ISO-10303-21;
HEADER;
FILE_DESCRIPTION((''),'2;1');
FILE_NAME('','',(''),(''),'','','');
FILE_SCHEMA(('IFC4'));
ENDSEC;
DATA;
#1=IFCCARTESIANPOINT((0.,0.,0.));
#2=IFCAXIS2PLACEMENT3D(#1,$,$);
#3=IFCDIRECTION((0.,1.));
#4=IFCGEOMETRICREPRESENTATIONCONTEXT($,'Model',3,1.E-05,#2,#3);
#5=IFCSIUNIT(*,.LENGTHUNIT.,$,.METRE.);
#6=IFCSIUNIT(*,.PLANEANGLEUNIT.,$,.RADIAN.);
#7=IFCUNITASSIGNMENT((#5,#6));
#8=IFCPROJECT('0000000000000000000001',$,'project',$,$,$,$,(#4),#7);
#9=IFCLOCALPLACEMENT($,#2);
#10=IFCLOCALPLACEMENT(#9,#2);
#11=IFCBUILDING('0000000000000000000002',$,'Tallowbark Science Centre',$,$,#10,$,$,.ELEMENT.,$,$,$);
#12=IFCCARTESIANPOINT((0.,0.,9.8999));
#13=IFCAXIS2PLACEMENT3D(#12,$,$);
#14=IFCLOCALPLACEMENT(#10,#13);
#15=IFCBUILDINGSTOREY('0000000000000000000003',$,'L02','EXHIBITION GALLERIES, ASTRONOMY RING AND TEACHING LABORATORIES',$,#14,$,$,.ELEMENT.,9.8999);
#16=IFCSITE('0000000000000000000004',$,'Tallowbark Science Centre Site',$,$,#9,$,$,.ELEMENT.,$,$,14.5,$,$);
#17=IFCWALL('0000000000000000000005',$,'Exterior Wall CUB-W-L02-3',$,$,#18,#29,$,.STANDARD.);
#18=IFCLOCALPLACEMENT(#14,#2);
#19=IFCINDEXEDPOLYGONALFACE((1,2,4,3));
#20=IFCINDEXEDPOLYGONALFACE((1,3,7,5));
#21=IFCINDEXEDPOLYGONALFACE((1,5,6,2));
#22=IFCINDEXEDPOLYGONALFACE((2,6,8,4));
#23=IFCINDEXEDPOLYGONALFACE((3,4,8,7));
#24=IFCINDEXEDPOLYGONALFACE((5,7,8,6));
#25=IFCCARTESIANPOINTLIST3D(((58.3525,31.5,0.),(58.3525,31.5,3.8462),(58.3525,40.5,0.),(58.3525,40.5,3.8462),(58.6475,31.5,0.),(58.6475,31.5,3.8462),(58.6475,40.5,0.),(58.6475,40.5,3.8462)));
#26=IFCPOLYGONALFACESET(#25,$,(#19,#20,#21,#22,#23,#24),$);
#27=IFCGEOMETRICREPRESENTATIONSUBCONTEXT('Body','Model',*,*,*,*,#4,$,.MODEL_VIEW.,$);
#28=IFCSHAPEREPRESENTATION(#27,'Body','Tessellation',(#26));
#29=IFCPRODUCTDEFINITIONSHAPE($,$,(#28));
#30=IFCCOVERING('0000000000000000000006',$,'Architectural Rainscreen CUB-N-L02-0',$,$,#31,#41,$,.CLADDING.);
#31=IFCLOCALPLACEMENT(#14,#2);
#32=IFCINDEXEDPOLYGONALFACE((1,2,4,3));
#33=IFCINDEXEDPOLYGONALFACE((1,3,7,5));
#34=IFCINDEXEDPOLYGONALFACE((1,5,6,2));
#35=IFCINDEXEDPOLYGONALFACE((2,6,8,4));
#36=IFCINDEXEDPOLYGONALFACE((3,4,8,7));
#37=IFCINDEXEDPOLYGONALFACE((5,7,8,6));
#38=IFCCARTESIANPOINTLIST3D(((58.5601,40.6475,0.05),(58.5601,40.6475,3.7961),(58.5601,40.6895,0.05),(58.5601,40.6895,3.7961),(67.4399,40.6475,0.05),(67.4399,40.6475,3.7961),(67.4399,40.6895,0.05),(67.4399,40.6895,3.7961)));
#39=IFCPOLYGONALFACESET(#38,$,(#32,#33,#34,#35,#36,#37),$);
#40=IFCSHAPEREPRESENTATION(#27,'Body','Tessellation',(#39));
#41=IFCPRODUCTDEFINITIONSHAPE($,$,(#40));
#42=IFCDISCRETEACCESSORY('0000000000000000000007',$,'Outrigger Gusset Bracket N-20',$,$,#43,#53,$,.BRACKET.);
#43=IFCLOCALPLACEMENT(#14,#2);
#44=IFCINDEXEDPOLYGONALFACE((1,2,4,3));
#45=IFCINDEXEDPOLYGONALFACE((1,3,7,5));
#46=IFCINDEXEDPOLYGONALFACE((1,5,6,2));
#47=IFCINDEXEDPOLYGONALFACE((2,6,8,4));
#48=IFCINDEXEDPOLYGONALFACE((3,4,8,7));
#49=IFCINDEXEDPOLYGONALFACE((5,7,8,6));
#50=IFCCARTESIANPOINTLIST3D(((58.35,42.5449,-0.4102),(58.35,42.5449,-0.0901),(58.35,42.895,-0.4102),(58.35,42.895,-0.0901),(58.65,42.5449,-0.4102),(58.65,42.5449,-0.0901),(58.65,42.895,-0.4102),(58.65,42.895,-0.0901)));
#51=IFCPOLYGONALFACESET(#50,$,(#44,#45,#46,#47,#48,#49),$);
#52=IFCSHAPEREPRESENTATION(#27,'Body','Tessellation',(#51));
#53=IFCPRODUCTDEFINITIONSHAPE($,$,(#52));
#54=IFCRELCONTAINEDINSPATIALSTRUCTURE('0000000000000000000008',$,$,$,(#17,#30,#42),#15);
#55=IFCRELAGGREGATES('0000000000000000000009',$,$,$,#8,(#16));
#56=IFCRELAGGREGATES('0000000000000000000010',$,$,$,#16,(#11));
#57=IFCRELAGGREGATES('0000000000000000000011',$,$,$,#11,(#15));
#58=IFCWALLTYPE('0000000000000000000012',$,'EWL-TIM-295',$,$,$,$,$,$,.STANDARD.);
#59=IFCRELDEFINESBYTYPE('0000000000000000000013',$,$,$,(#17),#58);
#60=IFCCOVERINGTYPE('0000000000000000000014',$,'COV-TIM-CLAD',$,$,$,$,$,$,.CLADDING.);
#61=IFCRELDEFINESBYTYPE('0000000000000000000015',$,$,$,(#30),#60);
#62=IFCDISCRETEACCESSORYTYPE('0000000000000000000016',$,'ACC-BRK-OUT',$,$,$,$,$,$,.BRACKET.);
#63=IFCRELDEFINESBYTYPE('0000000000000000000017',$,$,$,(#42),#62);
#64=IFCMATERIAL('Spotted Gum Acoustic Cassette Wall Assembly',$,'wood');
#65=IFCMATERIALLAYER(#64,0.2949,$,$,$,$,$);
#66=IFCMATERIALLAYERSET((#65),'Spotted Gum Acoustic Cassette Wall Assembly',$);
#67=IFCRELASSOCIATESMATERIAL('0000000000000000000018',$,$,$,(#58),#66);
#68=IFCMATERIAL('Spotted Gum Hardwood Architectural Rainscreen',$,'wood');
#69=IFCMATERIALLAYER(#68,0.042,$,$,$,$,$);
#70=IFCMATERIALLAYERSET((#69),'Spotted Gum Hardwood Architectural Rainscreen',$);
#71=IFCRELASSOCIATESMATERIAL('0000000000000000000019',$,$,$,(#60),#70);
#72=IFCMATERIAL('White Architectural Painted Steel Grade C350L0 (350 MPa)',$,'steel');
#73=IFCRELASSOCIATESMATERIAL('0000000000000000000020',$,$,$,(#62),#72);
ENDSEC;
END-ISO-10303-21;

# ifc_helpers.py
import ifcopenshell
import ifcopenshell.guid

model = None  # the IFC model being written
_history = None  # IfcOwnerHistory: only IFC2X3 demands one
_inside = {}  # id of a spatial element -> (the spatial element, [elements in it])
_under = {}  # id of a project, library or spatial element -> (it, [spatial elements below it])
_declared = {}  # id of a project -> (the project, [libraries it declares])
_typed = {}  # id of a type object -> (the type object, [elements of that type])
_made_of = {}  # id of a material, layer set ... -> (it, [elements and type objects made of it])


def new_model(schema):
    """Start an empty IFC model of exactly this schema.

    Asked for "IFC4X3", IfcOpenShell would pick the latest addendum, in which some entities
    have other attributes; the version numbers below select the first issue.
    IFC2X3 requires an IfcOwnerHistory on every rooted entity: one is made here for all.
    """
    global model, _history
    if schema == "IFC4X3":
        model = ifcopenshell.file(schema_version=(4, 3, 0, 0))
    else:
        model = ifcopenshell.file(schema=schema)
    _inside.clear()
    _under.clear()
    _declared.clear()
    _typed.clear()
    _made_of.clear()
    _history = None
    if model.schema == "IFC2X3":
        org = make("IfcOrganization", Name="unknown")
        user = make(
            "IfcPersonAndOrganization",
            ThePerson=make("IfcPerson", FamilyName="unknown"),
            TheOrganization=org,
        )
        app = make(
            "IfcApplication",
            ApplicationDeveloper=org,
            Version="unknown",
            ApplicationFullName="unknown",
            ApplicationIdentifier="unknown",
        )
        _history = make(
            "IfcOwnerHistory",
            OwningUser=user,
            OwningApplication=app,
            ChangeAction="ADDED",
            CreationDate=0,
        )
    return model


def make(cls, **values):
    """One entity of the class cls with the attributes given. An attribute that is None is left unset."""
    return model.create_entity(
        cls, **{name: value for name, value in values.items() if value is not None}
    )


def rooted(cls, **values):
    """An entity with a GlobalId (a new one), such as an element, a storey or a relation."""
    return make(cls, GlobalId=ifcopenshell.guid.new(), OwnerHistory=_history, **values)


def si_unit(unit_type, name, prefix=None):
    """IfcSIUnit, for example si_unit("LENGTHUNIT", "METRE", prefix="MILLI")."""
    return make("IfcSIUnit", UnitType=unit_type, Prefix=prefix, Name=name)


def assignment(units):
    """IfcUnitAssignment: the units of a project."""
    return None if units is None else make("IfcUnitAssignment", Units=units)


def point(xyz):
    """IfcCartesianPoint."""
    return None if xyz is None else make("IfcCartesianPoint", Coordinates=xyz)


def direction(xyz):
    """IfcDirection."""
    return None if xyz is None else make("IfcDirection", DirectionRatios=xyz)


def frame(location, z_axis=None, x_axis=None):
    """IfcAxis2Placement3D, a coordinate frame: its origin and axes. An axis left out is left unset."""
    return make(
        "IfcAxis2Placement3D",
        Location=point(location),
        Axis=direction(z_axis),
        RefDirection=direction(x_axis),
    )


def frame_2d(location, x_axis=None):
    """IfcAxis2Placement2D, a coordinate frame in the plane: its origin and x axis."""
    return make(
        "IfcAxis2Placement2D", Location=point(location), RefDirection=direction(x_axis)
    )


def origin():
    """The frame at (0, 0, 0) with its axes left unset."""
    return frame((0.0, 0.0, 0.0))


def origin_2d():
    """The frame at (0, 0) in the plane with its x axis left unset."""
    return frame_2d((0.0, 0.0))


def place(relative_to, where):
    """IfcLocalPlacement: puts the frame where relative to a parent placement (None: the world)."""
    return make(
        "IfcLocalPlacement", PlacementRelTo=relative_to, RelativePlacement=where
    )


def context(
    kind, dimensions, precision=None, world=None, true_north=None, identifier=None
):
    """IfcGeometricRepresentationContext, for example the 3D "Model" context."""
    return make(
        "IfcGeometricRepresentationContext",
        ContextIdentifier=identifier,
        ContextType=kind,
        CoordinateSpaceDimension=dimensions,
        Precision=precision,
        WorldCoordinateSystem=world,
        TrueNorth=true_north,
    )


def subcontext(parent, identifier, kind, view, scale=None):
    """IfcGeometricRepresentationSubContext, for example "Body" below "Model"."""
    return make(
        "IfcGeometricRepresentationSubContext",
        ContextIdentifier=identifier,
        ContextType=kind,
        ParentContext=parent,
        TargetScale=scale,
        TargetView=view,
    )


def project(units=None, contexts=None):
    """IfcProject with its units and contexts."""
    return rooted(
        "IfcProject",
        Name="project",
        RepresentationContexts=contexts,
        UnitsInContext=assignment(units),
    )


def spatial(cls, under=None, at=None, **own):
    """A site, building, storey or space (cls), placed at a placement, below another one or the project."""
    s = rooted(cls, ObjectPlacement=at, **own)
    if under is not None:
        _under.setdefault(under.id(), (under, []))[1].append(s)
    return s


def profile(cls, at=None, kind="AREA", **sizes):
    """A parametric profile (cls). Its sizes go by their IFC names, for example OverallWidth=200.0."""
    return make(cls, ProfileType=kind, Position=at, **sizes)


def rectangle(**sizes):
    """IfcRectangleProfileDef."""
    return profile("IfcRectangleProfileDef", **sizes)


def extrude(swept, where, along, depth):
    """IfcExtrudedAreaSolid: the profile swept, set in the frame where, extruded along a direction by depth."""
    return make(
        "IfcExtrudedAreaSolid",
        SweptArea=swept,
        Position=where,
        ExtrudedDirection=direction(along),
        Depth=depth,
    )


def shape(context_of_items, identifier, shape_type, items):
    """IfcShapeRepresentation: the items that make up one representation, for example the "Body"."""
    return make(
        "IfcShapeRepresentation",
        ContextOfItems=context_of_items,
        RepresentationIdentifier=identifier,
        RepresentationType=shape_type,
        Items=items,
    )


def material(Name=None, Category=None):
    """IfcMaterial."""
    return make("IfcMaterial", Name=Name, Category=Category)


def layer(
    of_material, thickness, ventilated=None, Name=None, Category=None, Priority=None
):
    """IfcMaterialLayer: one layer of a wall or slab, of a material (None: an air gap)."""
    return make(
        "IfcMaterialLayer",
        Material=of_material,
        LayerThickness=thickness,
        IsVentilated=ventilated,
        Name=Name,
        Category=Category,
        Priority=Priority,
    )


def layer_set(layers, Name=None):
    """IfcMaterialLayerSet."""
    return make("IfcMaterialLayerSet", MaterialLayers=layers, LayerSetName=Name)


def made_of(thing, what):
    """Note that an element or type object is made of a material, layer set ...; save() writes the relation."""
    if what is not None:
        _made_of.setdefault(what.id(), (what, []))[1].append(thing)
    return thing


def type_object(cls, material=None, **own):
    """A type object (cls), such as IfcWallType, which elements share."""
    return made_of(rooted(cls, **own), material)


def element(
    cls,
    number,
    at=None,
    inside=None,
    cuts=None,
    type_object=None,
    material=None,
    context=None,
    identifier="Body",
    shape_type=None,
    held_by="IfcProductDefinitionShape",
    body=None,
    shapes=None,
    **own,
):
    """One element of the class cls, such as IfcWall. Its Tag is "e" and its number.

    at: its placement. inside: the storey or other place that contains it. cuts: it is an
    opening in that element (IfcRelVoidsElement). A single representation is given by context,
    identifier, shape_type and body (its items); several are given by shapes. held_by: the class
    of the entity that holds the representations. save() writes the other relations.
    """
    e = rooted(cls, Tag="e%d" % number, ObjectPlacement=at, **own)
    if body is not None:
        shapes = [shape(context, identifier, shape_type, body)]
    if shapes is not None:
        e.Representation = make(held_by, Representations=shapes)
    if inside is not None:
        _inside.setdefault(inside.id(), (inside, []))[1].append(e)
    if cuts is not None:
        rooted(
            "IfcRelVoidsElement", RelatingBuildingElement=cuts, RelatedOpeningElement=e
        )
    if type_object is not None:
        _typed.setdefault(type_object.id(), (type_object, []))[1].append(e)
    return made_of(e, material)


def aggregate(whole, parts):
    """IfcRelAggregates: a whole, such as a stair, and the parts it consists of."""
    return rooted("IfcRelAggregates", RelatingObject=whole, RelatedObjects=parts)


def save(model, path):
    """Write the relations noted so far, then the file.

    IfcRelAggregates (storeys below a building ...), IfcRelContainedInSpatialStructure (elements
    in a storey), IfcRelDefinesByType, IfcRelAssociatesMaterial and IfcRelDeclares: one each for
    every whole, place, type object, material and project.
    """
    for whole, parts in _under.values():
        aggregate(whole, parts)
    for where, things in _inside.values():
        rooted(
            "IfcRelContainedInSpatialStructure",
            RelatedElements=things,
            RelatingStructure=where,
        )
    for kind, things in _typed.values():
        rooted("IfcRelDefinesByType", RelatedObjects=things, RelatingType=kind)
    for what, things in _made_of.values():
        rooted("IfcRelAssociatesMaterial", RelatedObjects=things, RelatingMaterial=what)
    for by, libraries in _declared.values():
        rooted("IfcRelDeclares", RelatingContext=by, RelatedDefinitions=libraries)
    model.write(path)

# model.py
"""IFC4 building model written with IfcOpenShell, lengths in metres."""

from ifc_helpers import new_model, si_unit, direction, frame, frame_2d, origin, origin_2d, place, context, subcontext, project, spatial, rectangle, extrude, material, layer, layer_set, type_object, element, save


model = new_model("IFC4")

# Units and contexts
model_context = context("Model", 3, precision=1e-05, world=origin(), true_north=direction((0.0, 1.0)))
body_context = subcontext(model_context, "Body", "Model", "MODEL_VIEW")
ifc_project = project(units=[si_unit("LENGTHUNIT", "METRE"), si_unit("PLANEANGLEUNIT", "RADIAN")], contexts=[model_context])

# Site, building, storey
site_placement = place(None, origin())
site = spatial("IfcSite", under=ifc_project, at=site_placement, Name="Tallowbark Science Centre Site", CompositionType="ELEMENT", RefElevation=14.5)
building_placement = place(site_placement, origin())
building = spatial("IfcBuilding", under=site, at=building_placement, Name="Tallowbark Science Centre", CompositionType="ELEMENT")
storey_placement = place(building_placement, frame((0.0, 0.0, 9.8999)))
storey = spatial("IfcBuildingStorey", under=building, at=storey_placement, Name="L02", Description="EXHIBITION GALLERIES, ASTRONOMY RING AND TEACHING LABORATORIES", CompositionType="ELEMENT", Elevation=9.8999)

# Shared definitions
ifc_material_1 = material(Name="White Architectural Painted Steel Grade C350L0 (350 MPa)", Category="steel")

# Wall
ifc_material_2 = material(Name="Spotted Gum Acoustic Cassette Wall Assembly", Category="wood")
ifc_layer_1 = layer(ifc_material_2, 0.2949)
ifc_layer_set_1 = layer_set([ifc_layer_1], Name="Spotted Gum Acoustic Cassette Wall Assembly")
wall_type = type_object("IfcWallType", Name="EWL-TIM-295", PredefinedType="STANDARD", material=ifc_layer_set_1)
wall_placement = place(storey_placement, frame((58.5, 40.5, 0.0), z_axis=(0.0, 0.0, 1.0), x_axis=(0.0, -1.0, 0.0)))
element("IfcWall", 1, at=wall_placement, inside=storey, type_object=wall_type, Name="Exterior Wall CUB-W-L02-3", PredefinedType="STANDARD", context=body_context, shape_type="SweptSolid", body=[
    extrude(rectangle(XDim=9.0, YDim=0.2949, at=frame_2d((4.5, 0.0))), origin(), (0.0, 0.0, 1.0), 3.8462),
])

# Covering
ifc_material_3 = material(Name="Spotted Gum Hardwood Architectural Rainscreen", Category="wood")
ifc_layer_2 = layer(ifc_material_3, 0.042)
ifc_layer_set_2 = layer_set([ifc_layer_2], Name="Spotted Gum Hardwood Architectural Rainscreen")
covering_type = type_object("IfcCoveringType", Name="COV-TIM-CLAD", PredefinedType="CLADDING", material=ifc_layer_set_2)
covering_placement = place(storey_placement, frame((63.0, 40.6685, 0.05), z_axis=(0.0, 0.0, 1.0), x_axis=(-1.0, 0.0, 0.0)))
element("IfcCovering", 2, at=covering_placement, inside=storey, type_object=covering_type, Name="Architectural Rainscreen CUB-N-L02-0", PredefinedType="CLADDING", context=body_context, shape_type="SweptSolid", body=[
    extrude(rectangle(XDim=8.8799, YDim=0.042, at=origin_2d()), origin(), (0.0, 0.0, 1.0), 3.7461),
])

# Discrete accessory
discrete_accessory_type = type_object("IfcDiscreteAccessoryType", Name="ACC-BRK-OUT", PredefinedType="BRACKET", material=ifc_material_1)
discrete_accessory_placement = place(storey_placement, frame((58.5, 42.72, -0.4102), z_axis=(0.0, 0.0, 1.0), x_axis=(1.0, 0.0, 0.0)))
element("IfcDiscreteAccessory", 3, at=discrete_accessory_placement, inside=storey, type_object=discrete_accessory_type, Name="Outrigger Gusset Bracket N-20", PredefinedType="BRACKET", context=body_context, shape_type="SweptSolid", body=[
    extrude(rectangle(XDim=0.3, YDim=0.3501, at=origin_2d()), origin(), (0.0, 0.0, 1.0), 0.3201),
])

save(model, "model.ifc")
